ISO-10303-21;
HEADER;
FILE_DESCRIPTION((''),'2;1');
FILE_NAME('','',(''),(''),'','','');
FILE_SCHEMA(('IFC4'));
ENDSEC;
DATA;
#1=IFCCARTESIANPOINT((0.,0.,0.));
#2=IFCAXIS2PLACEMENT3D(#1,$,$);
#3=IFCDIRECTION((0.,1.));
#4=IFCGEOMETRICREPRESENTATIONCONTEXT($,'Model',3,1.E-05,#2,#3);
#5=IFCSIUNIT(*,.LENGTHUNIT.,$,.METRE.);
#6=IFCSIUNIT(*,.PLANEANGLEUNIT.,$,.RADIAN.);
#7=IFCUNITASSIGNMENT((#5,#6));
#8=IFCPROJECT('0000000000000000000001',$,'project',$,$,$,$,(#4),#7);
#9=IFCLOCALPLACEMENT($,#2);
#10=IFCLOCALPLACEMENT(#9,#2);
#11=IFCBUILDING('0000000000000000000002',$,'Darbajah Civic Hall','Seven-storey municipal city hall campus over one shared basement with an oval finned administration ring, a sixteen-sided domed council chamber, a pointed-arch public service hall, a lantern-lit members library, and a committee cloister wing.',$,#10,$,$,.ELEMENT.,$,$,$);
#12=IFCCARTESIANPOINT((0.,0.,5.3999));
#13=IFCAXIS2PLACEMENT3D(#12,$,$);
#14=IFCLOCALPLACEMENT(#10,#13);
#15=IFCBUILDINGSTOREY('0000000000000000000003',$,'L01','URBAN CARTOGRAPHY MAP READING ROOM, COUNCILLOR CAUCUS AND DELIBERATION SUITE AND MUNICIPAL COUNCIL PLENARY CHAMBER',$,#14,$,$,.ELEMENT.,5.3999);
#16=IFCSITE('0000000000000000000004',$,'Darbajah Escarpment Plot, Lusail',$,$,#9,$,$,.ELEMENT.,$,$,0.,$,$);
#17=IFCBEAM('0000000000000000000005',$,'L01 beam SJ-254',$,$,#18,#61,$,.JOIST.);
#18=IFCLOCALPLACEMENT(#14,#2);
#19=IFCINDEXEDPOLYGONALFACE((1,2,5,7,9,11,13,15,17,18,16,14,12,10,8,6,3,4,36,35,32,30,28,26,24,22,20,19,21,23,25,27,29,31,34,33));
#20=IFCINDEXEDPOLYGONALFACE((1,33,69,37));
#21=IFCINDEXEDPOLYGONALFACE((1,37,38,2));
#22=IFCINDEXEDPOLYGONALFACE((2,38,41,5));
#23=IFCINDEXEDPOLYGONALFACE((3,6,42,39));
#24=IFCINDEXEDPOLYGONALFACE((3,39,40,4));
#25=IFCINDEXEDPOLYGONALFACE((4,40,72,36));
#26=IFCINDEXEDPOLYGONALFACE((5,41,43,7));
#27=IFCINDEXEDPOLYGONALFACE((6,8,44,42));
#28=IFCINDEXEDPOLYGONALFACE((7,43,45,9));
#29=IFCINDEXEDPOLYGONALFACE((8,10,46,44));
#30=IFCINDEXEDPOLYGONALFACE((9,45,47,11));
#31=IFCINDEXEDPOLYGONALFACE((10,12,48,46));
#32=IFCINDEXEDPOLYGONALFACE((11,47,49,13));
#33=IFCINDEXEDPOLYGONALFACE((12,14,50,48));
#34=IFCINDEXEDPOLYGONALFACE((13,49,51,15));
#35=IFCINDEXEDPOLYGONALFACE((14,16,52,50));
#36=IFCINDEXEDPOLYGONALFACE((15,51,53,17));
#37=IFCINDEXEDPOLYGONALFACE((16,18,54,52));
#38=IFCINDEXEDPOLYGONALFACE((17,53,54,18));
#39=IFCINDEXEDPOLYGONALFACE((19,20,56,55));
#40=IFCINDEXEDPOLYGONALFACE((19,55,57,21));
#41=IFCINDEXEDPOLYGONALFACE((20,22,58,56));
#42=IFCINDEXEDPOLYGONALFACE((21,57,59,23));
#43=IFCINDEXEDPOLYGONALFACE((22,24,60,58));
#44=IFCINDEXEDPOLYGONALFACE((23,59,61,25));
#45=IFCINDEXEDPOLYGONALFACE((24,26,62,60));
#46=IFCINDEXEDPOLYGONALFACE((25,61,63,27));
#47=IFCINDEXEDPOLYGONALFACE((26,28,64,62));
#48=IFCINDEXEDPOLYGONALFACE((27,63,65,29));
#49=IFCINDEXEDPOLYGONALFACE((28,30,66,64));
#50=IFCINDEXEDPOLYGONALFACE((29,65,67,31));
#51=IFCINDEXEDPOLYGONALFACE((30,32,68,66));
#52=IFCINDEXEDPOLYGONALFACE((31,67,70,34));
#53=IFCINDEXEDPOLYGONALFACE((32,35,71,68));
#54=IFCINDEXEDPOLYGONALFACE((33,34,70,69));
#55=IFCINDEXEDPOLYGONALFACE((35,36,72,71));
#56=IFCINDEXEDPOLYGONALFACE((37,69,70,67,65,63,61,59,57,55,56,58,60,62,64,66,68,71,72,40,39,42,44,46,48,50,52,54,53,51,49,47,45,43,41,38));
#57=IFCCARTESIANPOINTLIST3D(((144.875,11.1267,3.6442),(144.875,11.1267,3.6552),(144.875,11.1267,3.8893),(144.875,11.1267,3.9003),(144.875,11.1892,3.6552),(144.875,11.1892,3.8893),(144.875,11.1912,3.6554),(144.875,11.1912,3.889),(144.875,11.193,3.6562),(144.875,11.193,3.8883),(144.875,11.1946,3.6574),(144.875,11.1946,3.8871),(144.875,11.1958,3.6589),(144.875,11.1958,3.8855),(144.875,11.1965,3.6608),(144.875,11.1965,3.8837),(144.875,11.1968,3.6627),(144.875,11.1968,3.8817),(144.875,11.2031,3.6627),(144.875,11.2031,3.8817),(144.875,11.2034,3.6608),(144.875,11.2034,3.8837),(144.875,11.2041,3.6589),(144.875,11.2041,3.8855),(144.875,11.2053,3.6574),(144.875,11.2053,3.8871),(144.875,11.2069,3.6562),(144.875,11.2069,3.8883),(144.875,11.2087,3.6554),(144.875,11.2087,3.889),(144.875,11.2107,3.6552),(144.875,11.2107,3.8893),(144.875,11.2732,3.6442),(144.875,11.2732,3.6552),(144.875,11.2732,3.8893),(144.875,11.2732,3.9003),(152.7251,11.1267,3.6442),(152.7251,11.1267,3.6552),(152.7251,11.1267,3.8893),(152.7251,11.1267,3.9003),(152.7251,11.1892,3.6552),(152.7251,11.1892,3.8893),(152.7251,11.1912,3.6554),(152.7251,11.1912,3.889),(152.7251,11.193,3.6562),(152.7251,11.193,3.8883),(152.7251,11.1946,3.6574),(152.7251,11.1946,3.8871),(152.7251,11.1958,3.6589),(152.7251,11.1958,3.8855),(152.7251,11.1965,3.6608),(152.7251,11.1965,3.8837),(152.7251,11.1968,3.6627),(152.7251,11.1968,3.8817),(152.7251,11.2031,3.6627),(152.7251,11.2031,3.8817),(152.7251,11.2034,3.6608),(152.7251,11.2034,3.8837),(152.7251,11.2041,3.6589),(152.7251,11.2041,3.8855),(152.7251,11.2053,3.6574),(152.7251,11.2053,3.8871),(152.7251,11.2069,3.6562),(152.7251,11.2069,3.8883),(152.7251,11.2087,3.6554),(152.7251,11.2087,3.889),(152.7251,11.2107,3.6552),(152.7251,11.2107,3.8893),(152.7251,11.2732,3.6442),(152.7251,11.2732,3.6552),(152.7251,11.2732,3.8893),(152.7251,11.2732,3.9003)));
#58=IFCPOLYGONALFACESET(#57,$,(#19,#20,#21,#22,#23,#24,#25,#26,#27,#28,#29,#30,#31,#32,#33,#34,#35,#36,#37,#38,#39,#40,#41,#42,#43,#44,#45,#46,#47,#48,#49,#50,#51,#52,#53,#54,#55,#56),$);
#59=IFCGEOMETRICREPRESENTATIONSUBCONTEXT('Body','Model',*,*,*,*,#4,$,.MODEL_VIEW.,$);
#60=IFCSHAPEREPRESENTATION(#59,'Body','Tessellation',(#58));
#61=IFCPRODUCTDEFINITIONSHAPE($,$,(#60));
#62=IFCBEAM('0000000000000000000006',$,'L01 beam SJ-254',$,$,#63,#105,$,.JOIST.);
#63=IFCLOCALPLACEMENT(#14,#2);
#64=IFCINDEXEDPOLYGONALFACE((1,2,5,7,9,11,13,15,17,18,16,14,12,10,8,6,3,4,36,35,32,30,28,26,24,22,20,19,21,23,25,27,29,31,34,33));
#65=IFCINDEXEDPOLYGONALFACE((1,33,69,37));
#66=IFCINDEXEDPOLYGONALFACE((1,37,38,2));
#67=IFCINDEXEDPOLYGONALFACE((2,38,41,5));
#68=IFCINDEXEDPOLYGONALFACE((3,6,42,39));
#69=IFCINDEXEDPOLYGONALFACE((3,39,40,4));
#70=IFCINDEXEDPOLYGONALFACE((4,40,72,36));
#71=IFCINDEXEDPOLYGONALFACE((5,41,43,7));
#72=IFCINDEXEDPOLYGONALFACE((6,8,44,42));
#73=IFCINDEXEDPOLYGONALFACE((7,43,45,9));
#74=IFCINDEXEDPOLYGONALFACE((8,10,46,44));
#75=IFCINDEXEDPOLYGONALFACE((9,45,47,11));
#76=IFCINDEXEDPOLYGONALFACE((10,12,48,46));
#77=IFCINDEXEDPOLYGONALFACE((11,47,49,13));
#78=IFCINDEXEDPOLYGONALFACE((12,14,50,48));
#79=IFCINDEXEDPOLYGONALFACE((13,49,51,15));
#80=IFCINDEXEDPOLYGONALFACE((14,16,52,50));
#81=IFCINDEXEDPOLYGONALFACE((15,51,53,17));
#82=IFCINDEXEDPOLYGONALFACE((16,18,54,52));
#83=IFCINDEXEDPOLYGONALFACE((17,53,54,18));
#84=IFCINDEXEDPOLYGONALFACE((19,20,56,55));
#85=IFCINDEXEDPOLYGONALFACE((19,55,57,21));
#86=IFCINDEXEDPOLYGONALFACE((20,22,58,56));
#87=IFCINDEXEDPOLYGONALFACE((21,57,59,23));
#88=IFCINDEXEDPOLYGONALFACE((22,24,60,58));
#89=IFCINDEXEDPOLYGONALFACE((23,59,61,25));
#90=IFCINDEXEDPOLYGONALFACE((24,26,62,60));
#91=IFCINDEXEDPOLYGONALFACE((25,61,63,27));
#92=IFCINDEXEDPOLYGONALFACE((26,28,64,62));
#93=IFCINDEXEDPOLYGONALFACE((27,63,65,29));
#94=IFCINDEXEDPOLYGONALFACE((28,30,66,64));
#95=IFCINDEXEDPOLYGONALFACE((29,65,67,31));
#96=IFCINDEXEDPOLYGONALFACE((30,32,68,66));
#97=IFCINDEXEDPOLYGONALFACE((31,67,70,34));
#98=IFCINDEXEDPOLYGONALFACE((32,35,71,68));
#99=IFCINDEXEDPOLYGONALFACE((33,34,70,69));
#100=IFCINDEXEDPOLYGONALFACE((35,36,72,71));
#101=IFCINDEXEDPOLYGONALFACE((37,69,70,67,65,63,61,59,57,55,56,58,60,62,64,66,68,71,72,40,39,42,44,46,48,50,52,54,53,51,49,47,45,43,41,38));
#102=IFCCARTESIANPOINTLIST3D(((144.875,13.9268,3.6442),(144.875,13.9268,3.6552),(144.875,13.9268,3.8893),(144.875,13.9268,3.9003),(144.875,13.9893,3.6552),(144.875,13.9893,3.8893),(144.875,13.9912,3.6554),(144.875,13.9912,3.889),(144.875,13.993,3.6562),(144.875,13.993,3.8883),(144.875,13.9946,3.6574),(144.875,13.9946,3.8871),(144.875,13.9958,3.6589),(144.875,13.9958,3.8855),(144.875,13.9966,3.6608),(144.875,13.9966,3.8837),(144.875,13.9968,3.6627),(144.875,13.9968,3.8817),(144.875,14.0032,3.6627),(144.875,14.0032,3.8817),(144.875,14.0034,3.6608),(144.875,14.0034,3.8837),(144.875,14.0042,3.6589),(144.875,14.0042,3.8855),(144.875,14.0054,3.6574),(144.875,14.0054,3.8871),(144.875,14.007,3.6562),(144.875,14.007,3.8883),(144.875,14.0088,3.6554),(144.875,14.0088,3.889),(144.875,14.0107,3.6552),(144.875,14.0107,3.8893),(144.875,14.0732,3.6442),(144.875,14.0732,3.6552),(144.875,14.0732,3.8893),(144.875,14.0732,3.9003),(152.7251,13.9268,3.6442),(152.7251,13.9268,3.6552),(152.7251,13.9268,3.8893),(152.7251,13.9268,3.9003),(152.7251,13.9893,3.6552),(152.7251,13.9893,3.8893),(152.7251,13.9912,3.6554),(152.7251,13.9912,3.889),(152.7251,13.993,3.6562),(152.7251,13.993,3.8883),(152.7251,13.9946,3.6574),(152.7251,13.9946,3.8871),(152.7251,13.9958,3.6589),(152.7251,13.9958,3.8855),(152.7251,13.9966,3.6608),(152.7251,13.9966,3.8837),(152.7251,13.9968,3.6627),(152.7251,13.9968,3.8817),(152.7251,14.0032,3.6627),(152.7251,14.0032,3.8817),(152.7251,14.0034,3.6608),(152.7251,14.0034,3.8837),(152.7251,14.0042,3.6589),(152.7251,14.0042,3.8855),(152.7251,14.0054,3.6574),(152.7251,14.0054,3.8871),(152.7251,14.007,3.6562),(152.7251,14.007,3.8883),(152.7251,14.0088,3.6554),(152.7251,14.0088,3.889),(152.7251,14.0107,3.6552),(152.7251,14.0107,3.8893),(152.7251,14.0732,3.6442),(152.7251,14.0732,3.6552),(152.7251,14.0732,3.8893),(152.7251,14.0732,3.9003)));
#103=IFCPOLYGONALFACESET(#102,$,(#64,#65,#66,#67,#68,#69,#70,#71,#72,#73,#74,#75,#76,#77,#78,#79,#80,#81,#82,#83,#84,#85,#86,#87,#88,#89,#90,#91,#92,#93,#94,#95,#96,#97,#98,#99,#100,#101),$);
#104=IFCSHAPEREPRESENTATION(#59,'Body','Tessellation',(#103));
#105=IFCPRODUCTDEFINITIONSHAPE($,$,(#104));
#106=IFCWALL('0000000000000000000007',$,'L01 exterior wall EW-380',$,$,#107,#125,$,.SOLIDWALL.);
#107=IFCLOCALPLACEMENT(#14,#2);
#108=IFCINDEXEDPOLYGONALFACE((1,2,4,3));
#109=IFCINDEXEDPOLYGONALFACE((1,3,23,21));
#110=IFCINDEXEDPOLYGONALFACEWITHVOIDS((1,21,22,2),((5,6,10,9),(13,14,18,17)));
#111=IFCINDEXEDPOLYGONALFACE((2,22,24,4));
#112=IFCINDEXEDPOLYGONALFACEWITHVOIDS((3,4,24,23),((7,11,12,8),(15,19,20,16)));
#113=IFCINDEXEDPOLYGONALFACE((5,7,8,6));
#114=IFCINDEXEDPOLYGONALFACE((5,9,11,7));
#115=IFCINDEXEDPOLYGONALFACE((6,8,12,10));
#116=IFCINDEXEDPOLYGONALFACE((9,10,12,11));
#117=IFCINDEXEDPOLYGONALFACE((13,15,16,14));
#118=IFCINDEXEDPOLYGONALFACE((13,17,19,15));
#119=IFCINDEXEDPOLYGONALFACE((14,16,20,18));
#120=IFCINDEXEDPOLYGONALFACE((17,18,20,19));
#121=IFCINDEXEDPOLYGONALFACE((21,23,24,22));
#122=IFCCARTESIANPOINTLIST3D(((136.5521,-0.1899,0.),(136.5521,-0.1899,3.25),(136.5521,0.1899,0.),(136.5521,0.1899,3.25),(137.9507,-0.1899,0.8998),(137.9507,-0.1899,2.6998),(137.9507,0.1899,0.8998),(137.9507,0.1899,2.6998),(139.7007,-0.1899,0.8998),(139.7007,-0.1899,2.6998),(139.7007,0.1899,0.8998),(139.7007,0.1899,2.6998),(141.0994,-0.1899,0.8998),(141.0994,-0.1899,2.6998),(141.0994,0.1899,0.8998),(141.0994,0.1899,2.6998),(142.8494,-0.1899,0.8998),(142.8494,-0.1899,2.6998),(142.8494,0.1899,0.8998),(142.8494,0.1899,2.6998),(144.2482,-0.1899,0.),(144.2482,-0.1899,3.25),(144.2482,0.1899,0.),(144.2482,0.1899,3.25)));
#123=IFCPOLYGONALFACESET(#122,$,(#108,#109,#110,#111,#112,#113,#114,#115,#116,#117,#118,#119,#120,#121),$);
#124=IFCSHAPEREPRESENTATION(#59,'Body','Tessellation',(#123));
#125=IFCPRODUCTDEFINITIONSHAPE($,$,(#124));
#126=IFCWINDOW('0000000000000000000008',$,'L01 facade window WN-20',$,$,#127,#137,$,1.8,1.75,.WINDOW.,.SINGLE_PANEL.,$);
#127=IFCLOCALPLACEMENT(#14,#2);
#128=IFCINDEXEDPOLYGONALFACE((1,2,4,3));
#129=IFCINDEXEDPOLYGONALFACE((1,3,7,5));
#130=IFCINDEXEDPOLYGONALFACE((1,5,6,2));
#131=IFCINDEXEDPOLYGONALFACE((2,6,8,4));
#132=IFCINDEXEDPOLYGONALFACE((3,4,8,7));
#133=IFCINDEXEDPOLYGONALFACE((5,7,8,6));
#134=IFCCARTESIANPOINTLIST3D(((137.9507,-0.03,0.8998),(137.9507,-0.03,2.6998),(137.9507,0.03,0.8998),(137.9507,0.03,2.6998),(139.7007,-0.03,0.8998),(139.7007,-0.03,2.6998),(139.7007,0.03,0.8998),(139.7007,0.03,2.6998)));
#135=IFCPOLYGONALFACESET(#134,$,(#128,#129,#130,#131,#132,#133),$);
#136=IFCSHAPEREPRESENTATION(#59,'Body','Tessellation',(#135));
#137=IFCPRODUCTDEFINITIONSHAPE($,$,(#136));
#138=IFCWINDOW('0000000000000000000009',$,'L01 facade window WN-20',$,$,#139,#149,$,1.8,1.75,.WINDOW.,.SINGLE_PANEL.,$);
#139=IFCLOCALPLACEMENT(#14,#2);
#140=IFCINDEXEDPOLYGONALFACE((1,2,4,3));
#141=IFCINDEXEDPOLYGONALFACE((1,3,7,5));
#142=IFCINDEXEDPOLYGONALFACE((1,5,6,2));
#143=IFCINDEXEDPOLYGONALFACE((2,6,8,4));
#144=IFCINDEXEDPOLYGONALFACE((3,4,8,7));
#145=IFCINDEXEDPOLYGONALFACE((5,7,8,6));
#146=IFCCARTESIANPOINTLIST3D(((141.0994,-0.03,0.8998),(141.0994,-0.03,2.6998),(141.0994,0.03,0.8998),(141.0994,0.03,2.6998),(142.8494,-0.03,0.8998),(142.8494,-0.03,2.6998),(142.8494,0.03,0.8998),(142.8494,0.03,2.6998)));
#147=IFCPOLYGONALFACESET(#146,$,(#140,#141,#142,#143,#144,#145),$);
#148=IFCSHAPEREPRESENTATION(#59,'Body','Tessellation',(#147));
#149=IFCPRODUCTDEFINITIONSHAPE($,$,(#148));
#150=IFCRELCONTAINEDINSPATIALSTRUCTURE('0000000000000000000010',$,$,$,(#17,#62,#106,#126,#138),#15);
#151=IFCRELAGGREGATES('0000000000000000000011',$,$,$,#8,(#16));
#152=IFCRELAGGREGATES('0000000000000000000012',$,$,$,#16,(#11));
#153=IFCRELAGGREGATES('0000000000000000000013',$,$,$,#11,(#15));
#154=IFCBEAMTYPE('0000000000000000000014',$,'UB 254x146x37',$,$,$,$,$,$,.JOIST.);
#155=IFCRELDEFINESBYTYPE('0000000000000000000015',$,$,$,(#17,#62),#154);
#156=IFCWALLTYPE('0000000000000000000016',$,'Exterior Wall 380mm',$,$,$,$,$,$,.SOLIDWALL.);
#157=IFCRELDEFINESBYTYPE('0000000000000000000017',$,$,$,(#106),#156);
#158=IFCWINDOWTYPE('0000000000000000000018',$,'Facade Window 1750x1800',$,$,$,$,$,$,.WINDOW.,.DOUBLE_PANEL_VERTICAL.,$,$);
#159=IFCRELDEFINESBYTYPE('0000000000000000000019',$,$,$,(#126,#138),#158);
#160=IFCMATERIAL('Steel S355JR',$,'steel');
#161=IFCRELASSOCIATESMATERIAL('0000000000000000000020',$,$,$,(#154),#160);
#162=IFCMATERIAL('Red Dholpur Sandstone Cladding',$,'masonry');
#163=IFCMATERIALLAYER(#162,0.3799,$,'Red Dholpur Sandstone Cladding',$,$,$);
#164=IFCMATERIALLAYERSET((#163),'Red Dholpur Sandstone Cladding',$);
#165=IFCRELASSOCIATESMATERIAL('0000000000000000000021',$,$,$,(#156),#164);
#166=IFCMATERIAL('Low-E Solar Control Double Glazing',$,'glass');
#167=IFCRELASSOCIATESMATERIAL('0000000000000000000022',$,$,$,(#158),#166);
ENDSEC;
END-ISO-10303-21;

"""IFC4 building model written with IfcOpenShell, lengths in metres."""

from ifc_helpers import new_model, si_unit, direction, frame, frame_2d, origin, origin_2d, place, context, subcontext, project, spatial, rectangle, i_section, extrude, material, layer, layer_set, material_profile, profile_set, type_object, element, fill, save


model = new_model("IFC4")

# Units and contexts
model_context = context("Model", 3, precision=1e-05, world=origin(), true_north=direction((0.0, 1.0)))
body_context = subcontext(model_context, "Body", "Model", "MODEL_VIEW")
ifc_project = project(units=[si_unit("LENGTHUNIT", "METRE"), si_unit("PLANEANGLEUNIT", "RADIAN")], contexts=[model_context])

# Site, building, storey
site_placement = place(None, origin())
site = spatial("IfcSite", under=ifc_project, at=site_placement, Name="Darbajah Escarpment Plot, Lusail", CompositionType="ELEMENT", RefElevation=0.0)
building_placement = place(site_placement, origin())
building = spatial("IfcBuilding", under=site, at=building_placement, Name="Darbajah Civic Hall", Description="Seven-storey municipal city hall campus over one shared basement with an oval finned administration ring, a sixteen-sided domed council chamber, a pointed-arch public service hall, a lantern-lit members library, and a committee cloister wing.", CompositionType="ELEMENT")
storey_placement = place(building_placement, frame((0.0, 0.0, 5.3999)))
storey = spatial("IfcBuildingStorey", under=building, at=storey_placement, Name="L01", Description="URBAN CARTOGRAPHY MAP READING ROOM, COUNCILLOR CAUCUS AND DELIBERATION SUITE AND MUNICIPAL COUNCIL PLENARY CHAMBER", CompositionType="ELEMENT", Elevation=5.3999)

# Beams
ifc_material_1 = material(Name="Steel S355JR", Category="steel")
ifc_material_profile_1 = material_profile(ifc_material_1, i_section(OverallWidth=0.1465, OverallDepth=0.2561, WebThickness=0.0063, FlangeThickness=0.011, FilletRadius=0.0076, at=origin_2d()), Name="UB 254x146x37")
ifc_profile_set_1 = profile_set([ifc_material_profile_1], Name="Steel S355JR")
beam_type_1 = type_object("IfcBeamType", Name="UB 254x146x37", PredefinedType="JOIST", material=ifc_profile_set_1)
for number, where, z_axis, x_axis, name in (
    (1, (144.875, 11.2, 3.7722), (1.0, 0.0, 0.0), (0.0, 1.0, 0.0), "L01 beam SJ-254"),
    (2, (144.875, 14.0, 3.7722), (1.0, 0.0, 0.0), (0.0, 1.0, 0.0), "L01 beam SJ-254"),
):
    element("IfcBeam", number, at=place(storey_placement, frame(where, z_axis=z_axis, x_axis=x_axis)), inside=storey, type_object=beam_type_1, Name=name, PredefinedType="JOIST", context=body_context, shape_type="SweptSolid", body=[
        extrude(i_section(OverallWidth=0.1465, OverallDepth=0.2561, WebThickness=0.0063, FlangeThickness=0.011, FilletRadius=0.0076, at=origin_2d()), origin(), (0.0, 0.0, 1.0), 7.8501),
    ])

# Wall, openings, windows
ifc_material_2 = material(Name="Red Dholpur Sandstone Cladding", Category="masonry")
ifc_layer = layer(ifc_material_2, 0.3799, Name="Red Dholpur Sandstone Cladding")
ifc_layer_set = layer_set([ifc_layer], Name="Red Dholpur Sandstone Cladding")
wall_type = type_object("IfcWallType", Name="Exterior Wall 380mm", PredefinedType="SOLIDWALL", material=ifc_layer_set)
wall_1_placement = place(storey_placement, frame((136.552, 0.0, 0.0), z_axis=(0.0, 0.0, 1.0), x_axis=(1.0, 0.0, 0.0)))
wall_1 = element("IfcWall", 3, at=wall_1_placement, inside=storey, type_object=wall_type, Name="L01 exterior wall EW-380", PredefinedType="SOLIDWALL", context=body_context, shape_type="SweptSolid", body=[
    extrude(rectangle(XDim=7.696, YDim=0.3799, at=frame_2d((3.8481, 0.0))), origin(), (0.0, 0.0, 1.0), 3.25),
])
opening_1_placement = place(wall_1_placement, frame((1.3987, 0.0, 0.8999)))
opening_1 = element("IfcOpeningElement", 4, at=opening_1_placement, cuts=wall_1, PredefinedType="OPENING", context=body_context, shape_type="SweptSolid", body=[
    extrude(rectangle(XDim=1.75, YDim=1.8, at=frame_2d((0.875, 0.8999))), frame((0.0, 0.2, 0.0), z_axis=(0.0, -1.0, 0.0), x_axis=(1.0, 0.0, 0.0)), (0.0, 0.0, 1.0), 0.3999),
])
opening_2_placement = place(wall_1_placement, frame((4.5474, 0.0, 0.8999)))
opening_2 = element("IfcOpeningElement", 5, at=opening_2_placement, cuts=wall_1, PredefinedType="OPENING", context=body_context, shape_type="SweptSolid", body=[
    extrude(rectangle(XDim=1.75, YDim=1.8, at=frame_2d((0.875, 0.8999))), frame((0.0, 0.2, 0.0), z_axis=(0.0, -1.0, 0.0), x_axis=(1.0, 0.0, 0.0)), (0.0, 0.0, 1.0), 0.3999),
])
ifc_material_3 = material(Name="Low-E Solar Control Double Glazing", Category="glass")
window_type_1 = type_object("IfcWindowType", Name="Facade Window 1750x1800", PartitioningType="DOUBLE_PANEL_VERTICAL", PredefinedType="WINDOW", material=ifc_material_3)
window_1_placement = place(opening_1_placement, origin())
window_1 = element("IfcWindow", 6, at=window_1_placement, inside=storey, type_object=window_type_1, Name="L01 facade window WN-20", OverallHeight=1.8, OverallWidth=1.75, PartitioningType="SINGLE_PANEL", PredefinedType="WINDOW", context=body_context, shape_type="SweptSolid", body=[
    extrude(rectangle(XDim=1.75, YDim=1.8, at=frame_2d((0.875, 0.8999))), frame((0.0, 0.03, 0.0), z_axis=(0.0, -1.0, 0.0), x_axis=(1.0, 0.0, 0.0)), (0.0, 0.0, 1.0), 0.0601),
])
fill(opening_1, window_1)
window_2_placement = place(opening_2_placement, origin())
window_2 = element("IfcWindow", 7, at=window_2_placement, inside=storey, type_object=window_type_1, Name="L01 facade window WN-20", OverallHeight=1.8, OverallWidth=1.75, PartitioningType="SINGLE_PANEL", PredefinedType="WINDOW", context=body_context, shape_type="SweptSolid", body=[
    extrude(rectangle(XDim=1.75, YDim=1.8, at=frame_2d((0.875, 0.8999))), frame((0.0, 0.03, 0.0), z_axis=(0.0, -1.0, 0.0), x_axis=(1.0, 0.0, 0.0)), (0.0, 0.0, 1.0), 0.0601),
])
fill(opening_2, window_2)

save(model, "model.ifc")
